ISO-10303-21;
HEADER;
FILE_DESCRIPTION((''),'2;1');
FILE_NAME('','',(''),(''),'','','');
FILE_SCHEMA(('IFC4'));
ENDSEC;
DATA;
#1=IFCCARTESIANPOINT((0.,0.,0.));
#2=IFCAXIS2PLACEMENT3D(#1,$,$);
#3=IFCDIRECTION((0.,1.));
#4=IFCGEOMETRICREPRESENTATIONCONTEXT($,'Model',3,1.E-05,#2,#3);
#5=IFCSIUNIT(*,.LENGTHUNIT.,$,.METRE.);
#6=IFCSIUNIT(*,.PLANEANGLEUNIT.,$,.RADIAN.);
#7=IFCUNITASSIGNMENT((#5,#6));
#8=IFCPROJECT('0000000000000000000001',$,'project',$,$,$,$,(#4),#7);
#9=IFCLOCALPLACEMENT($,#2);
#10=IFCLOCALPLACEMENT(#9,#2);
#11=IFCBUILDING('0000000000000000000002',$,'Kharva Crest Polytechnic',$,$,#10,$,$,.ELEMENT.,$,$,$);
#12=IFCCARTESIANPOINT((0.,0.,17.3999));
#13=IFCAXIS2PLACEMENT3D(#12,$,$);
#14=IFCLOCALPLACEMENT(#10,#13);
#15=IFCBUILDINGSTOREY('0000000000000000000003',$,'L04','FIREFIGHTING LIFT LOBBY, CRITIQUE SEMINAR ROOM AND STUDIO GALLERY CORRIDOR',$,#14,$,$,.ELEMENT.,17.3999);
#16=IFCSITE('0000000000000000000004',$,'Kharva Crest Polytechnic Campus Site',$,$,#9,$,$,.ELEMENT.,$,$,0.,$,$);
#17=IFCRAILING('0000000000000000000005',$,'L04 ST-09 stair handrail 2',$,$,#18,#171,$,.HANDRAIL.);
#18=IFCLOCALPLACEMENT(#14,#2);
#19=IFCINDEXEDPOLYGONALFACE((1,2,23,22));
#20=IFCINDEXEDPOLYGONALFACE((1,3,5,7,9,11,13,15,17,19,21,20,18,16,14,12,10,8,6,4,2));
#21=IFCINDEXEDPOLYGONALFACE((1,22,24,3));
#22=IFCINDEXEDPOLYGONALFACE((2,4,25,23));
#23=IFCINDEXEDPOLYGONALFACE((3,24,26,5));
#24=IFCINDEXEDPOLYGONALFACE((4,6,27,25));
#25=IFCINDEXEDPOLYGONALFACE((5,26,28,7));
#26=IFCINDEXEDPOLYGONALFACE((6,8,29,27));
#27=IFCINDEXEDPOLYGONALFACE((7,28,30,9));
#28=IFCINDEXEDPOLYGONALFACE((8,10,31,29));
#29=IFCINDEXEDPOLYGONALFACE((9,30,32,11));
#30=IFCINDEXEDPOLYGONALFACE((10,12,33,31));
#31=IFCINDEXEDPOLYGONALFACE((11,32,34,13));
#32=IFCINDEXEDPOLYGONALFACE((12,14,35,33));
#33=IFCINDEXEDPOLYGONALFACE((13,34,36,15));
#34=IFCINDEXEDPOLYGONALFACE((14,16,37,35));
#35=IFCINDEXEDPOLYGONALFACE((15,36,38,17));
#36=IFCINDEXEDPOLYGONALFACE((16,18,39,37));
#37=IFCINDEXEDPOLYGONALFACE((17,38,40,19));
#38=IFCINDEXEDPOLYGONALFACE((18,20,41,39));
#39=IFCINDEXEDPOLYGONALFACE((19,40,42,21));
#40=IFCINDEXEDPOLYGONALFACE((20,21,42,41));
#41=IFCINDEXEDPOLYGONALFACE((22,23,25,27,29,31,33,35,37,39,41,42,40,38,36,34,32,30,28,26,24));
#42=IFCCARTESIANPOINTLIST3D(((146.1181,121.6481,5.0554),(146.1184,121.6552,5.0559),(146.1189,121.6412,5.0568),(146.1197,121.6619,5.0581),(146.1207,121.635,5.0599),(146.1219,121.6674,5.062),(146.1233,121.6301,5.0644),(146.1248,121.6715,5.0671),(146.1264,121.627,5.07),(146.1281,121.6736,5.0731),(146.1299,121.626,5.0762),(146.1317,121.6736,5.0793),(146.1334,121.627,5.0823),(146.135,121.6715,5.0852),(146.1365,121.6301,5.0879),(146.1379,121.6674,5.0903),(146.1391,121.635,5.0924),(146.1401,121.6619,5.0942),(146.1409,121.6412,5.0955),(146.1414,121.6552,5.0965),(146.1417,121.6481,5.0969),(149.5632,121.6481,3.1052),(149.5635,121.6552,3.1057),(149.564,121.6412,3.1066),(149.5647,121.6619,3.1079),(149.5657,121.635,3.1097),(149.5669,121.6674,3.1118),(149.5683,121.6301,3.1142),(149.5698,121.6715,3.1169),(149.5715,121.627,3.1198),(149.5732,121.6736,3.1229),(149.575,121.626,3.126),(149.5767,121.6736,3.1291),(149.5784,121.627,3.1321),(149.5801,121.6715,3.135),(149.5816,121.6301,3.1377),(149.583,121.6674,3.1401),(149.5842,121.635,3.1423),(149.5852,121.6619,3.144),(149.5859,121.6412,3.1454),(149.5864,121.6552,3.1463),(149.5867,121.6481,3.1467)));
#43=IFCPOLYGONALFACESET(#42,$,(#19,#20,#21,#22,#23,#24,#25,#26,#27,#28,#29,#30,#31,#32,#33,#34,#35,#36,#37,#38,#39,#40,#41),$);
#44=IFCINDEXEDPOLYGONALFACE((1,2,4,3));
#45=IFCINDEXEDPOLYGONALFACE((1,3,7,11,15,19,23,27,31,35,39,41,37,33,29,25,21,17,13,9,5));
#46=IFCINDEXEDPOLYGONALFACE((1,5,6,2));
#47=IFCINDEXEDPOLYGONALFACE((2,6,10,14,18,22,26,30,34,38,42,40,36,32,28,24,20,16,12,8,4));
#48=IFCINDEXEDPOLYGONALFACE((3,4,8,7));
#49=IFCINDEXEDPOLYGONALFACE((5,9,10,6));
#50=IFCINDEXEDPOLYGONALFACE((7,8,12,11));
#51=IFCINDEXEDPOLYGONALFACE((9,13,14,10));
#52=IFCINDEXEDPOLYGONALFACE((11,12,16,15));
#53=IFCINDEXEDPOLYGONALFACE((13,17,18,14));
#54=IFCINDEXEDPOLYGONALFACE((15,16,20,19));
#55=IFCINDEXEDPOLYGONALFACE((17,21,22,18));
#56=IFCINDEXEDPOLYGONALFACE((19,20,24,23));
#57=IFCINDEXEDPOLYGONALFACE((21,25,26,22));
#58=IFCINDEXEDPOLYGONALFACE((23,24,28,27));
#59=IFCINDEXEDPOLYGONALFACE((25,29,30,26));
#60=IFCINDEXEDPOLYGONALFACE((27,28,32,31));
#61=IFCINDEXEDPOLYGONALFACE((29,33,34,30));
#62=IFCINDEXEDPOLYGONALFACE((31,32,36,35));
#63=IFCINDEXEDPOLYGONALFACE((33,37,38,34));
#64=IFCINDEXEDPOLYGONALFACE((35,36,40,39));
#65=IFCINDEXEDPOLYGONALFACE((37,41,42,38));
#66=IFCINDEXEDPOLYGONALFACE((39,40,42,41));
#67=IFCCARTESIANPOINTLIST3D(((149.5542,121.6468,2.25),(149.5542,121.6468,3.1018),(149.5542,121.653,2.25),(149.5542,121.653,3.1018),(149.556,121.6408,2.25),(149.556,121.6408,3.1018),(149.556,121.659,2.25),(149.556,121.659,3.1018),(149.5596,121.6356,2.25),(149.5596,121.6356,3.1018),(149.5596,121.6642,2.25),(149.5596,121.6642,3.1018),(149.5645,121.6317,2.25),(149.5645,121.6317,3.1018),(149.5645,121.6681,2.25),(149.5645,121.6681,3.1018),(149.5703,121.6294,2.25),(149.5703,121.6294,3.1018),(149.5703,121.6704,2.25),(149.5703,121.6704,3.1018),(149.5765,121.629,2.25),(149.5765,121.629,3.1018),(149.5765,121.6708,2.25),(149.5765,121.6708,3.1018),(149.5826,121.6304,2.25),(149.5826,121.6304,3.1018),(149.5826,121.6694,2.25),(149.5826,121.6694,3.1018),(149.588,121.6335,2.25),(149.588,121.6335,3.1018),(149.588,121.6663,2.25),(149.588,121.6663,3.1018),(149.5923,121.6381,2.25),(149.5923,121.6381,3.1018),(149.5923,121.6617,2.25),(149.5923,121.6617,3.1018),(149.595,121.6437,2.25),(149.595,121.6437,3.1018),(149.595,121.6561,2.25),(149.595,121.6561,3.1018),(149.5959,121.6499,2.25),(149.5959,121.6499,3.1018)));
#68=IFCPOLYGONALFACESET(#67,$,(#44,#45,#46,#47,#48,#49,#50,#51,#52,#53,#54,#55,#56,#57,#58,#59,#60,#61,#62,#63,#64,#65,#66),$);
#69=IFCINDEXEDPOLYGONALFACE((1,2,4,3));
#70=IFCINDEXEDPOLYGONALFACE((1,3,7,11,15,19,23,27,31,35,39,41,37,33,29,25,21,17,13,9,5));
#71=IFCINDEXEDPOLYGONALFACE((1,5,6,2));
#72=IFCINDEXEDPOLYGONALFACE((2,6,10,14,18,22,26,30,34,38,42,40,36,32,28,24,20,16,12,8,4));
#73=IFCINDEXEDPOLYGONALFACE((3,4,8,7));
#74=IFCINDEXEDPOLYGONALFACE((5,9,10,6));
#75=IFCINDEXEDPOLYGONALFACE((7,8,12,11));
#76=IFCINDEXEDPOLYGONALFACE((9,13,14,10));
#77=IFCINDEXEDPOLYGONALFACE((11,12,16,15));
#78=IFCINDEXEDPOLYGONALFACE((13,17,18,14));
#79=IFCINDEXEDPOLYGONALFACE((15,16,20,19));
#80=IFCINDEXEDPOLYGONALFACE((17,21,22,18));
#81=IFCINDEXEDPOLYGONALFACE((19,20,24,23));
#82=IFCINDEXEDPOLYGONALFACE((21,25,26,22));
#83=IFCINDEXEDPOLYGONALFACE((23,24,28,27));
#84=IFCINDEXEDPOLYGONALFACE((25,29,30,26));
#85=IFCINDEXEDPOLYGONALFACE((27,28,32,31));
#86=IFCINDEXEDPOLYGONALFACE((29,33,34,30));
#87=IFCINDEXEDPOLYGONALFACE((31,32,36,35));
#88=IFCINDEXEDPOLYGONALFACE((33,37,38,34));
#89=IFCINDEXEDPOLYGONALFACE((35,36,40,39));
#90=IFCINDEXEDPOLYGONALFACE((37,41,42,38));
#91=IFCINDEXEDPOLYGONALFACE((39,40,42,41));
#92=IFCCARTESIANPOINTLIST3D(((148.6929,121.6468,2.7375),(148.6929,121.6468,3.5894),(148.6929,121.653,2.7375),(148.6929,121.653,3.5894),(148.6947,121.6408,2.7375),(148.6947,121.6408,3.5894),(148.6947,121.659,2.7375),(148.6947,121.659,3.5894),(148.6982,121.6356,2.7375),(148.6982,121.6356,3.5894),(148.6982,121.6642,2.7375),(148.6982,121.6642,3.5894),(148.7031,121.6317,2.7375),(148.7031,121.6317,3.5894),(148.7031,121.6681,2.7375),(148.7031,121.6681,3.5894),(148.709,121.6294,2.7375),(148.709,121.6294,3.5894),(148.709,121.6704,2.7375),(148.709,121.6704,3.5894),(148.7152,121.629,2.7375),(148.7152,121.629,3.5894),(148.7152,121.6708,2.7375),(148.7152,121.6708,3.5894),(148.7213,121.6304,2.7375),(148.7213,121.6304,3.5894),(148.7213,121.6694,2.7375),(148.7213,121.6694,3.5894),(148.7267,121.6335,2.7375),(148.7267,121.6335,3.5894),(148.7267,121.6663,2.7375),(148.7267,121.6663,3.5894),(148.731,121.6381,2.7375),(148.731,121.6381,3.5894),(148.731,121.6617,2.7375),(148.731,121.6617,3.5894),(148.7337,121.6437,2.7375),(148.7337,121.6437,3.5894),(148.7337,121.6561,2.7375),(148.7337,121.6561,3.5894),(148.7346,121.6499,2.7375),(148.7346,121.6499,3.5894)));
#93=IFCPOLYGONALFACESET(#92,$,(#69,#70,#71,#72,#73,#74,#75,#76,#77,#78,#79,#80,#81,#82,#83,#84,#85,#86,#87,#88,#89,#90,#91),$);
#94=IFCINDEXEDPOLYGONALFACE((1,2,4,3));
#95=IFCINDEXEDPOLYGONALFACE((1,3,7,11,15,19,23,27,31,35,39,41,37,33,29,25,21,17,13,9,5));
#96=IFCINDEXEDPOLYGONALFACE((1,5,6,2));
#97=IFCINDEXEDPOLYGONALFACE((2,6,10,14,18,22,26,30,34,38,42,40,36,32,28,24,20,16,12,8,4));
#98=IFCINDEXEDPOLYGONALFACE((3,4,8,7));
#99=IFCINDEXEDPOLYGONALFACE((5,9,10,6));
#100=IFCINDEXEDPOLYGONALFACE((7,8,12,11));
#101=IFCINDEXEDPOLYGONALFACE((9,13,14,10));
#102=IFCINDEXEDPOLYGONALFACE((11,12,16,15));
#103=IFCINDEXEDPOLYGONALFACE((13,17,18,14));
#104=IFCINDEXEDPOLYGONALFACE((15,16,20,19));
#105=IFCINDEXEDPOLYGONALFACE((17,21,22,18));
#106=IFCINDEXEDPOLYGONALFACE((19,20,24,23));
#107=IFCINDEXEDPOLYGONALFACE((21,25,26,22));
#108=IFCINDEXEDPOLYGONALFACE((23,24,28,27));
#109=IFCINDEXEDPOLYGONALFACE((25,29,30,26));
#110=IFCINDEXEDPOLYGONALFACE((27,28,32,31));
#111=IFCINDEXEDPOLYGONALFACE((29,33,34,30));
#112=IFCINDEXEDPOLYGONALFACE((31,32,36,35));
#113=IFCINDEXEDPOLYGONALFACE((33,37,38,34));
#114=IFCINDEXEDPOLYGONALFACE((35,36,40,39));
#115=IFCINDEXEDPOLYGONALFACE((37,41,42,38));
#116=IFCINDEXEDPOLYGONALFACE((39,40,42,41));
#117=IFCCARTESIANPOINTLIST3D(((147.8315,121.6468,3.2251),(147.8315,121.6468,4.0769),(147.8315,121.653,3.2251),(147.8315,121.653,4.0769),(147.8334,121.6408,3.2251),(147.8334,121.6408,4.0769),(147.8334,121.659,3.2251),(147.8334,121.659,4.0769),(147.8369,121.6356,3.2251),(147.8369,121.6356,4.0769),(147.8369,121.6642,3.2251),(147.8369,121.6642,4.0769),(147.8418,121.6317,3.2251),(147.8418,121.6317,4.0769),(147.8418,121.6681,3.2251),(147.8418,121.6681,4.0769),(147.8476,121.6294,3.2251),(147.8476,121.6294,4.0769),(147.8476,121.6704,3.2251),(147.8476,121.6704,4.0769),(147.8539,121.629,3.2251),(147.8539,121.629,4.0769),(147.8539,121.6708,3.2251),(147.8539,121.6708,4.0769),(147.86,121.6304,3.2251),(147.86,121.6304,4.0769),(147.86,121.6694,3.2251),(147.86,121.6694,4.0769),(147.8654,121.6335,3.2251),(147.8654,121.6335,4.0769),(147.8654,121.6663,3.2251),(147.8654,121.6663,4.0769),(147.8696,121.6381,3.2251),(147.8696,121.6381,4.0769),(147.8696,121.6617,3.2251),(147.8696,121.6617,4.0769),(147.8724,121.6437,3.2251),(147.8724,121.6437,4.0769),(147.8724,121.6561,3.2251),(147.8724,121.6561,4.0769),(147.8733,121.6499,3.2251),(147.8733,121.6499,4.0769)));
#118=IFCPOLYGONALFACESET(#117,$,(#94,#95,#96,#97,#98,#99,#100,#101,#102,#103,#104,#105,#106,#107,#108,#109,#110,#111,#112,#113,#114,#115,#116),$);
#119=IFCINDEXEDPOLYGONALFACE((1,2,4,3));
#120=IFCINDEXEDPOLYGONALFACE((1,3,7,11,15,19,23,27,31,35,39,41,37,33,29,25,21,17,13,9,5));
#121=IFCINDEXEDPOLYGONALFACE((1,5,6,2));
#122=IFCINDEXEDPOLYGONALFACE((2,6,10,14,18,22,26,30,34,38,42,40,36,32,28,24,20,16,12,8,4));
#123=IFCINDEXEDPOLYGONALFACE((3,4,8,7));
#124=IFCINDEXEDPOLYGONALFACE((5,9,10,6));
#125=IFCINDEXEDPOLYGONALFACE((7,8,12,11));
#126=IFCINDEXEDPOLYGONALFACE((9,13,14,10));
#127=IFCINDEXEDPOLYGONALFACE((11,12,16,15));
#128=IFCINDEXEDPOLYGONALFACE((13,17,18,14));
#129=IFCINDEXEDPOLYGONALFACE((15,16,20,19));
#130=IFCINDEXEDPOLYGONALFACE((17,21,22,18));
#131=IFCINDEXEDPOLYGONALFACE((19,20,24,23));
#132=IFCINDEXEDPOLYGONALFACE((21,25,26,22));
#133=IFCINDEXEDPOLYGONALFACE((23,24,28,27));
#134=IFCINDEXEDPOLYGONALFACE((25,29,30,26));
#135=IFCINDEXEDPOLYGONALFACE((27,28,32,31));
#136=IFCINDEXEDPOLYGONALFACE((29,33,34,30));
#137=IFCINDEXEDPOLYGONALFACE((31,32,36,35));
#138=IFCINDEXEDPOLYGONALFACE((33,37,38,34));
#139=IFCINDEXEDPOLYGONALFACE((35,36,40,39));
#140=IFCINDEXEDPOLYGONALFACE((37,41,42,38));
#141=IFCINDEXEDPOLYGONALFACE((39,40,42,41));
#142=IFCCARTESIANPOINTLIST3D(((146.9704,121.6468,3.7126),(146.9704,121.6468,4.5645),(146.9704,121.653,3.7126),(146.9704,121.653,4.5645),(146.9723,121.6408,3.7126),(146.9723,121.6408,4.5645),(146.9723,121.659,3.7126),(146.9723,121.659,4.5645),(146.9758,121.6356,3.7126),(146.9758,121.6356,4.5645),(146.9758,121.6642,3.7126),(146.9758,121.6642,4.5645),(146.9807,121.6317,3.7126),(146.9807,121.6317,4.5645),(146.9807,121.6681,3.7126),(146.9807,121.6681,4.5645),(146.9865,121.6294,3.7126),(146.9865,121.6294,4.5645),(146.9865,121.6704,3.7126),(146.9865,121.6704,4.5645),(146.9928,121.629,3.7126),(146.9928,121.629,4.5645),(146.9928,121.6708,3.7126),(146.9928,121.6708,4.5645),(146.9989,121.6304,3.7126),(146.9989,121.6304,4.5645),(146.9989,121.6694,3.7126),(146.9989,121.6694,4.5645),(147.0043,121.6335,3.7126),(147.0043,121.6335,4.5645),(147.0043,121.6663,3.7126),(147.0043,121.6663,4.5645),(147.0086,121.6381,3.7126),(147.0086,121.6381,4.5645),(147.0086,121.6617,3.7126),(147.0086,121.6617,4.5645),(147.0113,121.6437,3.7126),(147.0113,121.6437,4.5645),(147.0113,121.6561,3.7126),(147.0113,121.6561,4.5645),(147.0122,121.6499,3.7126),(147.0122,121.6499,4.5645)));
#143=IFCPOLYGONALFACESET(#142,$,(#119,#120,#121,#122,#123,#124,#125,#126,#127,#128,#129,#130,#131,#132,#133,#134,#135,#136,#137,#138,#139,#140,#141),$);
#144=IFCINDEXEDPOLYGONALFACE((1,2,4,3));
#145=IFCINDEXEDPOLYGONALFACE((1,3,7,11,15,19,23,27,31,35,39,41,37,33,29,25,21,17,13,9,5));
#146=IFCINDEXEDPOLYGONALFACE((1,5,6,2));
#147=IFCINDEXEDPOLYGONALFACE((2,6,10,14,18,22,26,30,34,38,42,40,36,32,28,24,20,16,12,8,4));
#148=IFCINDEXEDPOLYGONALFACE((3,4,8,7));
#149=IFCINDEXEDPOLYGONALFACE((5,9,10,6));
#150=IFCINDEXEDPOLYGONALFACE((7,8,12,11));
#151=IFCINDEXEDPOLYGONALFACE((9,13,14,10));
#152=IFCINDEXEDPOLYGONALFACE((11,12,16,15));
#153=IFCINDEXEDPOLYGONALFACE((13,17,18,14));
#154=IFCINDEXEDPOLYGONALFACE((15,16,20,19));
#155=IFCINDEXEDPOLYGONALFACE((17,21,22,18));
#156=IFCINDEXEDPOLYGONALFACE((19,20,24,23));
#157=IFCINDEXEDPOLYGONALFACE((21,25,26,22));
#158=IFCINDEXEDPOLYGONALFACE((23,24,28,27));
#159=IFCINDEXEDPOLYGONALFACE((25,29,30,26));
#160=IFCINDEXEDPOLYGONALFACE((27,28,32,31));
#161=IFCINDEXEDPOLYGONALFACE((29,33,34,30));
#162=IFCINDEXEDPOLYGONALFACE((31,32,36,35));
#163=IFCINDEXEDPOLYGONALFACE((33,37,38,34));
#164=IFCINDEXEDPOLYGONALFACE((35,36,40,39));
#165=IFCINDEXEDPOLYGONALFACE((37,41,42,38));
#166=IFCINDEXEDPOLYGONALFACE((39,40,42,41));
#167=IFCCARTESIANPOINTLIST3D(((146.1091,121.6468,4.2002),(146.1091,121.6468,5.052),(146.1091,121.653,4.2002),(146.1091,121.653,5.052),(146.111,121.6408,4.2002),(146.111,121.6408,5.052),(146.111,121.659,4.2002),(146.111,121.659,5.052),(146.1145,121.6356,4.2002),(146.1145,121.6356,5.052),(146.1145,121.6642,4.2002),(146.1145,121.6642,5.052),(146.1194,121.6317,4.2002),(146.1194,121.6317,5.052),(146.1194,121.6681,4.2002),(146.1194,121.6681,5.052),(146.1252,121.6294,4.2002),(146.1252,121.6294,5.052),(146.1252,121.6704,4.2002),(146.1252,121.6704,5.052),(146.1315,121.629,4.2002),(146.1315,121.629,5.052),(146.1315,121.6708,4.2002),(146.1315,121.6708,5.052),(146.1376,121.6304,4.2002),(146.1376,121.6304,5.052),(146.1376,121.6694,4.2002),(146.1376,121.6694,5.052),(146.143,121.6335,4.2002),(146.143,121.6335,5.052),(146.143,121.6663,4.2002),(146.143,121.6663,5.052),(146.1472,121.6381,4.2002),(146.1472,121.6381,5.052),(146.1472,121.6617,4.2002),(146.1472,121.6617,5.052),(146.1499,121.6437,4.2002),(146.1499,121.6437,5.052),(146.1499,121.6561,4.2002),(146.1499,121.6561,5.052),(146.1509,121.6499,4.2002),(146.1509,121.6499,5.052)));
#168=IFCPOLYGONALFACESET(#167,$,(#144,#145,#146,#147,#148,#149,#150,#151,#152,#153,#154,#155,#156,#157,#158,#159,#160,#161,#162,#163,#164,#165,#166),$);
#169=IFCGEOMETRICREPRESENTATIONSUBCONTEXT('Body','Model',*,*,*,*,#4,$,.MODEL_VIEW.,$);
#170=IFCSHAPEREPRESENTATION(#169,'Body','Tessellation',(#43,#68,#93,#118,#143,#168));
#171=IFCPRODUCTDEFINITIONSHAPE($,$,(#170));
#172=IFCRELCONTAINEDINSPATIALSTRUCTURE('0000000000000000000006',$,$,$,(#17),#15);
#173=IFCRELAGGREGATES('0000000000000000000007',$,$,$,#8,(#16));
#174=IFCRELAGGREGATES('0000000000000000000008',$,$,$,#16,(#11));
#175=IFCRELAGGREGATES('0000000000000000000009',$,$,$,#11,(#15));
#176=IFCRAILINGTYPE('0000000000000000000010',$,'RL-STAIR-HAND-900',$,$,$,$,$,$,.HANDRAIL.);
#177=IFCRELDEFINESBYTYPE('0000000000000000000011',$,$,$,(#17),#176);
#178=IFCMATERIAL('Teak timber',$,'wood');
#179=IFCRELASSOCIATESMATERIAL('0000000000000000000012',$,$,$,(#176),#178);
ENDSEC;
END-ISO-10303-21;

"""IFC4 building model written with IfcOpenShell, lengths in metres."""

from ifc_helpers import new_model, si_unit, direction, frame, origin, origin_2d, place, context, subcontext, project, spatial, circle, extrude, material, type_object, element, save


model = new_model("IFC4")

# Units and contexts
model_context = context("Model", 3, precision=1e-05, world=origin(), true_north=direction((0.0, 1.0)))
body_context = subcontext(model_context, "Body", "Model", "MODEL_VIEW")
ifc_project = project(units=[si_unit("LENGTHUNIT", "METRE"), si_unit("PLANEANGLEUNIT", "RADIAN")], contexts=[model_context])

# Site, building, storey
site_placement = place(None, origin())
site = spatial("IfcSite", under=ifc_project, at=site_placement, Name="Kharva Crest Polytechnic Campus Site", CompositionType="ELEMENT", RefElevation=0.0)
building_placement = place(site_placement, origin())
building = spatial("IfcBuilding", under=site, at=building_placement, Name="Kharva Crest Polytechnic", CompositionType="ELEMENT")
storey_placement = place(building_placement, frame((0.0, 0.0, 17.3999)))
storey = spatial("IfcBuildingStorey", under=building, at=storey_placement, Name="L04", Description="FIREFIGHTING LIFT LOBBY, CRITIQUE SEMINAR ROOM AND STUDIO GALLERY CORRIDOR", CompositionType="ELEMENT", Elevation=17.3999)

# Shared definitions
ifc_material_1 = material(Name="Teak timber", Category="wood")

# Railing
railing_type_1 = type_object("IfcRailingType", Name="RL-STAIR-HAND-900", PredefinedType="HANDRAIL", material=ifc_material_1)
railing_1_placement = place(storey_placement, frame((149.575, 121.6499, 2.25)))
element("IfcRailing", 1, at=railing_1_placement, inside=storey, type_object=railing_type_1, Name="L04 ST-09 stair handrail 2", PredefinedType="HANDRAIL", context=body_context, shape_type="SweptSolid", body=[
    extrude(circle(Radius=0.0239, at=origin_2d()), frame((0.0, 0.0, 0.876), z_axis=(-0.87024, 0.0, 0.492628), x_axis=(0.0, -1.0, 0.0)), (0.0, 0.0, 1.0), 3.9587),
    extrude(circle(Radius=0.021, at=origin_2d()), origin(), (0.0, 0.0, 1.0), 0.8518),
    extrude(circle(Radius=0.021, at=origin_2d()), frame((-0.8613, 0.0, 0.4875)), (0.0, 0.0, 1.0), 0.8518),
    extrude(circle(Radius=0.021, at=origin_2d()), frame((-1.7227, 0.0, 0.9751)), (0.0, 0.0, 1.0), 0.8518),
    extrude(circle(Radius=0.021, at=origin_2d()), frame((-2.5837, 0.0, 1.4626)), (0.0, 0.0, 1.0), 0.8518),
    extrude(circle(Radius=0.021, at=origin_2d()), frame((-3.4451, 0.0, 1.9502)), (0.0, 0.0, 1.0), 0.8518),
])

save(model, "model.ifc")
